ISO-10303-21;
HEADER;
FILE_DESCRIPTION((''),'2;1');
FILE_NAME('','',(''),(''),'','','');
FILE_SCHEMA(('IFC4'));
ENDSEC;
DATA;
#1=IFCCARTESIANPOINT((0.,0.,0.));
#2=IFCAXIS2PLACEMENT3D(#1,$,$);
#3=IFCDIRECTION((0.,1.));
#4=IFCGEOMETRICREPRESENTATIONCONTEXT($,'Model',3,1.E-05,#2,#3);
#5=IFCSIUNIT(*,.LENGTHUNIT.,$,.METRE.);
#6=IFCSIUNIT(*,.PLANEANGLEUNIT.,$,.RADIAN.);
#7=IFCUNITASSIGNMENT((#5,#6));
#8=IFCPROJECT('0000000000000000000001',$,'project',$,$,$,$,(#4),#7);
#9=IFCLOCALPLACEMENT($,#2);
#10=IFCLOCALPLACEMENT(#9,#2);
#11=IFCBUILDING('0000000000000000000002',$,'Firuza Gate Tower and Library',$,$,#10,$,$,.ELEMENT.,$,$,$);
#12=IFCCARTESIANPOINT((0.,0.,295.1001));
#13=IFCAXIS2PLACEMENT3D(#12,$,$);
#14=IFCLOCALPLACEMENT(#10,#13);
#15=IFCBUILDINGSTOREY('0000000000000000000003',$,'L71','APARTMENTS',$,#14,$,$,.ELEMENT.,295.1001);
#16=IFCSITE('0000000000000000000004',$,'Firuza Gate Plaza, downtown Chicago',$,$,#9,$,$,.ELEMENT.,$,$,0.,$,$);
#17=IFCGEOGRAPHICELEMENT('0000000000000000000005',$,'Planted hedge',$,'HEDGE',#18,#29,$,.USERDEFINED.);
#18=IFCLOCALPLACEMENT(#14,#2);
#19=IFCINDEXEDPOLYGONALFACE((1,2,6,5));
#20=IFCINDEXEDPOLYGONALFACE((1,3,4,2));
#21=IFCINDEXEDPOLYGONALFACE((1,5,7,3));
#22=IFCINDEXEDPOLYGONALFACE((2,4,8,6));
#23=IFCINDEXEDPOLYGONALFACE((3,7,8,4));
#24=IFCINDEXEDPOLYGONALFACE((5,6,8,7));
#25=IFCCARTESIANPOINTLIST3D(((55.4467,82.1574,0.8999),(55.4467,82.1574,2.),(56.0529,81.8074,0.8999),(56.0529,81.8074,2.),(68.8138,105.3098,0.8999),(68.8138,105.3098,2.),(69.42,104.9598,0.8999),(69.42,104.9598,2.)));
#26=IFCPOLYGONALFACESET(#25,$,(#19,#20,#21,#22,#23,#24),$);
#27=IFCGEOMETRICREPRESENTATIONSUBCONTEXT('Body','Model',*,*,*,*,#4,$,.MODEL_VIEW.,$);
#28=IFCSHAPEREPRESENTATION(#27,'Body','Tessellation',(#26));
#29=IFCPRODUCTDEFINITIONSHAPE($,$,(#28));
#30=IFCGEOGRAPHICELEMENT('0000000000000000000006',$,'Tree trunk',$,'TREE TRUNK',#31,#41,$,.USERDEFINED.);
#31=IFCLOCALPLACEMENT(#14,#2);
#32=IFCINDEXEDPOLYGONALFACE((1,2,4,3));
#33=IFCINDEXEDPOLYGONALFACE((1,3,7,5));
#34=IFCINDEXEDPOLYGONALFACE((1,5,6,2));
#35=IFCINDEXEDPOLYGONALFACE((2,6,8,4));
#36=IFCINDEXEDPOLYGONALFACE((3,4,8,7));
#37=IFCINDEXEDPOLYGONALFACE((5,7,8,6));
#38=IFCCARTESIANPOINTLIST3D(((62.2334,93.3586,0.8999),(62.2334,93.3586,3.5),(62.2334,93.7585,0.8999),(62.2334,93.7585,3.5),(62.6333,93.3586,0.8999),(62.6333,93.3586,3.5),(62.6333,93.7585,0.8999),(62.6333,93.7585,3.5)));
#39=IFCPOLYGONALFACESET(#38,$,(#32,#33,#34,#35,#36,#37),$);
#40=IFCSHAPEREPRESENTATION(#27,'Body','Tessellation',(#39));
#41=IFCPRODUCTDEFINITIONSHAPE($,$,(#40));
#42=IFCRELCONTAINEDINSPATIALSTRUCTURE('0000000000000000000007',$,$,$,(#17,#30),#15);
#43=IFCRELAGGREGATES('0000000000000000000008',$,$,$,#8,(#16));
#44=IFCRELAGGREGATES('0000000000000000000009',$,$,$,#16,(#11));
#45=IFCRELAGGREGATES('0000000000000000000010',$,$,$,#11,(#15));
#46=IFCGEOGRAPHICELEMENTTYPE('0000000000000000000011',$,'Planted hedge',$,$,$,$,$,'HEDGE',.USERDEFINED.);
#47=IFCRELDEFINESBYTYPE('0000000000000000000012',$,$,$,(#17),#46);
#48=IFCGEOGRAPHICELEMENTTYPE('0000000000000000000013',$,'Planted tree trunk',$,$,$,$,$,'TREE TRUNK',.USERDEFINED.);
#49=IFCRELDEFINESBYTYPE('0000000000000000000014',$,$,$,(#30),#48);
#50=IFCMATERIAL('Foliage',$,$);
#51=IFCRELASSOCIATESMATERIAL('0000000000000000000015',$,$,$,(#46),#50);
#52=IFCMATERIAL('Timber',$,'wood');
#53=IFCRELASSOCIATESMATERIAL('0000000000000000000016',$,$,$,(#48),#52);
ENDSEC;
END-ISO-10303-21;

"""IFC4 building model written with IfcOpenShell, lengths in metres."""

from ifc_helpers import new_model, si_unit, direction, frame, origin, origin_2d, place, context, subcontext, project, spatial, rectangle, extrude, material, type_object, element, save


model = new_model("IFC4")

# Units and contexts
model_context = context("Model", 3, precision=1e-05, world=origin(), true_north=direction((0.0, 1.0)))
body_context = subcontext(model_context, "Body", "Model", "MODEL_VIEW")
ifc_project = project(units=[si_unit("LENGTHUNIT", "METRE"), si_unit("PLANEANGLEUNIT", "RADIAN")], contexts=[model_context])

# Site, building, storey
site_placement = place(None, origin())
site = spatial("IfcSite", under=ifc_project, at=site_placement, Name="Firuza Gate Plaza, downtown Chicago", CompositionType="ELEMENT", RefElevation=0.0)
building_placement = place(site_placement, origin())
building = spatial("IfcBuilding", under=site, at=building_placement, Name="Firuza Gate Tower and Library", CompositionType="ELEMENT")
storey_placement = place(building_placement, frame((0.0, 0.0, 295.1001)))
storey = spatial("IfcBuildingStorey", under=building, at=storey_placement, Name="L71", Description="APARTMENTS", CompositionType="ELEMENT", Elevation=295.1001)

# Geographic elements
ifc_material_1 = material(Name="Foliage")
geographic_element_type_1 = type_object("IfcGeographicElementType", Name="Planted hedge", ElementType="HEDGE", PredefinedType="USERDEFINED", material=ifc_material_1)
geographic_element_1_placement = place(storey_placement, frame((62.4333, 93.5586, 0.8999), z_axis=(0.0, 0.0, 1.0), x_axis=(-0.5, -0.866025, 0.0)))
element("IfcGeographicElement", 1, at=geographic_element_1_placement, inside=storey, type_object=geographic_element_type_1, Name="Planted hedge", ObjectType="HEDGE", PredefinedType="USERDEFINED", context=body_context, shape_type="SweptSolid", body=[
    extrude(rectangle(XDim=26.7341, YDim=0.7, at=origin_2d()), origin(), (0.0, 0.0, 1.0), 1.1001),
])
ifc_material_2 = material(Name="Timber", Category="wood")
geographic_element_type_2 = type_object("IfcGeographicElementType", Name="Planted tree trunk", ElementType="TREE TRUNK", PredefinedType="USERDEFINED", material=ifc_material_2)
geographic_element_2_placement = place(storey_placement, frame((62.4333, 93.5586, 0.8999), z_axis=(0.0, 0.0, 1.0), x_axis=(1.0, 0.0, 0.0)))
element("IfcGeographicElement", 2, at=geographic_element_2_placement, inside=storey, type_object=geographic_element_type_2, Name="Tree trunk", ObjectType="TREE TRUNK", PredefinedType="USERDEFINED", context=body_context, shape_type="SweptSolid", body=[
    extrude(rectangle(XDim=0.3999, YDim=0.3999, at=origin_2d()), origin(), (0.0, 0.0, 1.0), 2.6001),
])

save(model, "model.ifc")
